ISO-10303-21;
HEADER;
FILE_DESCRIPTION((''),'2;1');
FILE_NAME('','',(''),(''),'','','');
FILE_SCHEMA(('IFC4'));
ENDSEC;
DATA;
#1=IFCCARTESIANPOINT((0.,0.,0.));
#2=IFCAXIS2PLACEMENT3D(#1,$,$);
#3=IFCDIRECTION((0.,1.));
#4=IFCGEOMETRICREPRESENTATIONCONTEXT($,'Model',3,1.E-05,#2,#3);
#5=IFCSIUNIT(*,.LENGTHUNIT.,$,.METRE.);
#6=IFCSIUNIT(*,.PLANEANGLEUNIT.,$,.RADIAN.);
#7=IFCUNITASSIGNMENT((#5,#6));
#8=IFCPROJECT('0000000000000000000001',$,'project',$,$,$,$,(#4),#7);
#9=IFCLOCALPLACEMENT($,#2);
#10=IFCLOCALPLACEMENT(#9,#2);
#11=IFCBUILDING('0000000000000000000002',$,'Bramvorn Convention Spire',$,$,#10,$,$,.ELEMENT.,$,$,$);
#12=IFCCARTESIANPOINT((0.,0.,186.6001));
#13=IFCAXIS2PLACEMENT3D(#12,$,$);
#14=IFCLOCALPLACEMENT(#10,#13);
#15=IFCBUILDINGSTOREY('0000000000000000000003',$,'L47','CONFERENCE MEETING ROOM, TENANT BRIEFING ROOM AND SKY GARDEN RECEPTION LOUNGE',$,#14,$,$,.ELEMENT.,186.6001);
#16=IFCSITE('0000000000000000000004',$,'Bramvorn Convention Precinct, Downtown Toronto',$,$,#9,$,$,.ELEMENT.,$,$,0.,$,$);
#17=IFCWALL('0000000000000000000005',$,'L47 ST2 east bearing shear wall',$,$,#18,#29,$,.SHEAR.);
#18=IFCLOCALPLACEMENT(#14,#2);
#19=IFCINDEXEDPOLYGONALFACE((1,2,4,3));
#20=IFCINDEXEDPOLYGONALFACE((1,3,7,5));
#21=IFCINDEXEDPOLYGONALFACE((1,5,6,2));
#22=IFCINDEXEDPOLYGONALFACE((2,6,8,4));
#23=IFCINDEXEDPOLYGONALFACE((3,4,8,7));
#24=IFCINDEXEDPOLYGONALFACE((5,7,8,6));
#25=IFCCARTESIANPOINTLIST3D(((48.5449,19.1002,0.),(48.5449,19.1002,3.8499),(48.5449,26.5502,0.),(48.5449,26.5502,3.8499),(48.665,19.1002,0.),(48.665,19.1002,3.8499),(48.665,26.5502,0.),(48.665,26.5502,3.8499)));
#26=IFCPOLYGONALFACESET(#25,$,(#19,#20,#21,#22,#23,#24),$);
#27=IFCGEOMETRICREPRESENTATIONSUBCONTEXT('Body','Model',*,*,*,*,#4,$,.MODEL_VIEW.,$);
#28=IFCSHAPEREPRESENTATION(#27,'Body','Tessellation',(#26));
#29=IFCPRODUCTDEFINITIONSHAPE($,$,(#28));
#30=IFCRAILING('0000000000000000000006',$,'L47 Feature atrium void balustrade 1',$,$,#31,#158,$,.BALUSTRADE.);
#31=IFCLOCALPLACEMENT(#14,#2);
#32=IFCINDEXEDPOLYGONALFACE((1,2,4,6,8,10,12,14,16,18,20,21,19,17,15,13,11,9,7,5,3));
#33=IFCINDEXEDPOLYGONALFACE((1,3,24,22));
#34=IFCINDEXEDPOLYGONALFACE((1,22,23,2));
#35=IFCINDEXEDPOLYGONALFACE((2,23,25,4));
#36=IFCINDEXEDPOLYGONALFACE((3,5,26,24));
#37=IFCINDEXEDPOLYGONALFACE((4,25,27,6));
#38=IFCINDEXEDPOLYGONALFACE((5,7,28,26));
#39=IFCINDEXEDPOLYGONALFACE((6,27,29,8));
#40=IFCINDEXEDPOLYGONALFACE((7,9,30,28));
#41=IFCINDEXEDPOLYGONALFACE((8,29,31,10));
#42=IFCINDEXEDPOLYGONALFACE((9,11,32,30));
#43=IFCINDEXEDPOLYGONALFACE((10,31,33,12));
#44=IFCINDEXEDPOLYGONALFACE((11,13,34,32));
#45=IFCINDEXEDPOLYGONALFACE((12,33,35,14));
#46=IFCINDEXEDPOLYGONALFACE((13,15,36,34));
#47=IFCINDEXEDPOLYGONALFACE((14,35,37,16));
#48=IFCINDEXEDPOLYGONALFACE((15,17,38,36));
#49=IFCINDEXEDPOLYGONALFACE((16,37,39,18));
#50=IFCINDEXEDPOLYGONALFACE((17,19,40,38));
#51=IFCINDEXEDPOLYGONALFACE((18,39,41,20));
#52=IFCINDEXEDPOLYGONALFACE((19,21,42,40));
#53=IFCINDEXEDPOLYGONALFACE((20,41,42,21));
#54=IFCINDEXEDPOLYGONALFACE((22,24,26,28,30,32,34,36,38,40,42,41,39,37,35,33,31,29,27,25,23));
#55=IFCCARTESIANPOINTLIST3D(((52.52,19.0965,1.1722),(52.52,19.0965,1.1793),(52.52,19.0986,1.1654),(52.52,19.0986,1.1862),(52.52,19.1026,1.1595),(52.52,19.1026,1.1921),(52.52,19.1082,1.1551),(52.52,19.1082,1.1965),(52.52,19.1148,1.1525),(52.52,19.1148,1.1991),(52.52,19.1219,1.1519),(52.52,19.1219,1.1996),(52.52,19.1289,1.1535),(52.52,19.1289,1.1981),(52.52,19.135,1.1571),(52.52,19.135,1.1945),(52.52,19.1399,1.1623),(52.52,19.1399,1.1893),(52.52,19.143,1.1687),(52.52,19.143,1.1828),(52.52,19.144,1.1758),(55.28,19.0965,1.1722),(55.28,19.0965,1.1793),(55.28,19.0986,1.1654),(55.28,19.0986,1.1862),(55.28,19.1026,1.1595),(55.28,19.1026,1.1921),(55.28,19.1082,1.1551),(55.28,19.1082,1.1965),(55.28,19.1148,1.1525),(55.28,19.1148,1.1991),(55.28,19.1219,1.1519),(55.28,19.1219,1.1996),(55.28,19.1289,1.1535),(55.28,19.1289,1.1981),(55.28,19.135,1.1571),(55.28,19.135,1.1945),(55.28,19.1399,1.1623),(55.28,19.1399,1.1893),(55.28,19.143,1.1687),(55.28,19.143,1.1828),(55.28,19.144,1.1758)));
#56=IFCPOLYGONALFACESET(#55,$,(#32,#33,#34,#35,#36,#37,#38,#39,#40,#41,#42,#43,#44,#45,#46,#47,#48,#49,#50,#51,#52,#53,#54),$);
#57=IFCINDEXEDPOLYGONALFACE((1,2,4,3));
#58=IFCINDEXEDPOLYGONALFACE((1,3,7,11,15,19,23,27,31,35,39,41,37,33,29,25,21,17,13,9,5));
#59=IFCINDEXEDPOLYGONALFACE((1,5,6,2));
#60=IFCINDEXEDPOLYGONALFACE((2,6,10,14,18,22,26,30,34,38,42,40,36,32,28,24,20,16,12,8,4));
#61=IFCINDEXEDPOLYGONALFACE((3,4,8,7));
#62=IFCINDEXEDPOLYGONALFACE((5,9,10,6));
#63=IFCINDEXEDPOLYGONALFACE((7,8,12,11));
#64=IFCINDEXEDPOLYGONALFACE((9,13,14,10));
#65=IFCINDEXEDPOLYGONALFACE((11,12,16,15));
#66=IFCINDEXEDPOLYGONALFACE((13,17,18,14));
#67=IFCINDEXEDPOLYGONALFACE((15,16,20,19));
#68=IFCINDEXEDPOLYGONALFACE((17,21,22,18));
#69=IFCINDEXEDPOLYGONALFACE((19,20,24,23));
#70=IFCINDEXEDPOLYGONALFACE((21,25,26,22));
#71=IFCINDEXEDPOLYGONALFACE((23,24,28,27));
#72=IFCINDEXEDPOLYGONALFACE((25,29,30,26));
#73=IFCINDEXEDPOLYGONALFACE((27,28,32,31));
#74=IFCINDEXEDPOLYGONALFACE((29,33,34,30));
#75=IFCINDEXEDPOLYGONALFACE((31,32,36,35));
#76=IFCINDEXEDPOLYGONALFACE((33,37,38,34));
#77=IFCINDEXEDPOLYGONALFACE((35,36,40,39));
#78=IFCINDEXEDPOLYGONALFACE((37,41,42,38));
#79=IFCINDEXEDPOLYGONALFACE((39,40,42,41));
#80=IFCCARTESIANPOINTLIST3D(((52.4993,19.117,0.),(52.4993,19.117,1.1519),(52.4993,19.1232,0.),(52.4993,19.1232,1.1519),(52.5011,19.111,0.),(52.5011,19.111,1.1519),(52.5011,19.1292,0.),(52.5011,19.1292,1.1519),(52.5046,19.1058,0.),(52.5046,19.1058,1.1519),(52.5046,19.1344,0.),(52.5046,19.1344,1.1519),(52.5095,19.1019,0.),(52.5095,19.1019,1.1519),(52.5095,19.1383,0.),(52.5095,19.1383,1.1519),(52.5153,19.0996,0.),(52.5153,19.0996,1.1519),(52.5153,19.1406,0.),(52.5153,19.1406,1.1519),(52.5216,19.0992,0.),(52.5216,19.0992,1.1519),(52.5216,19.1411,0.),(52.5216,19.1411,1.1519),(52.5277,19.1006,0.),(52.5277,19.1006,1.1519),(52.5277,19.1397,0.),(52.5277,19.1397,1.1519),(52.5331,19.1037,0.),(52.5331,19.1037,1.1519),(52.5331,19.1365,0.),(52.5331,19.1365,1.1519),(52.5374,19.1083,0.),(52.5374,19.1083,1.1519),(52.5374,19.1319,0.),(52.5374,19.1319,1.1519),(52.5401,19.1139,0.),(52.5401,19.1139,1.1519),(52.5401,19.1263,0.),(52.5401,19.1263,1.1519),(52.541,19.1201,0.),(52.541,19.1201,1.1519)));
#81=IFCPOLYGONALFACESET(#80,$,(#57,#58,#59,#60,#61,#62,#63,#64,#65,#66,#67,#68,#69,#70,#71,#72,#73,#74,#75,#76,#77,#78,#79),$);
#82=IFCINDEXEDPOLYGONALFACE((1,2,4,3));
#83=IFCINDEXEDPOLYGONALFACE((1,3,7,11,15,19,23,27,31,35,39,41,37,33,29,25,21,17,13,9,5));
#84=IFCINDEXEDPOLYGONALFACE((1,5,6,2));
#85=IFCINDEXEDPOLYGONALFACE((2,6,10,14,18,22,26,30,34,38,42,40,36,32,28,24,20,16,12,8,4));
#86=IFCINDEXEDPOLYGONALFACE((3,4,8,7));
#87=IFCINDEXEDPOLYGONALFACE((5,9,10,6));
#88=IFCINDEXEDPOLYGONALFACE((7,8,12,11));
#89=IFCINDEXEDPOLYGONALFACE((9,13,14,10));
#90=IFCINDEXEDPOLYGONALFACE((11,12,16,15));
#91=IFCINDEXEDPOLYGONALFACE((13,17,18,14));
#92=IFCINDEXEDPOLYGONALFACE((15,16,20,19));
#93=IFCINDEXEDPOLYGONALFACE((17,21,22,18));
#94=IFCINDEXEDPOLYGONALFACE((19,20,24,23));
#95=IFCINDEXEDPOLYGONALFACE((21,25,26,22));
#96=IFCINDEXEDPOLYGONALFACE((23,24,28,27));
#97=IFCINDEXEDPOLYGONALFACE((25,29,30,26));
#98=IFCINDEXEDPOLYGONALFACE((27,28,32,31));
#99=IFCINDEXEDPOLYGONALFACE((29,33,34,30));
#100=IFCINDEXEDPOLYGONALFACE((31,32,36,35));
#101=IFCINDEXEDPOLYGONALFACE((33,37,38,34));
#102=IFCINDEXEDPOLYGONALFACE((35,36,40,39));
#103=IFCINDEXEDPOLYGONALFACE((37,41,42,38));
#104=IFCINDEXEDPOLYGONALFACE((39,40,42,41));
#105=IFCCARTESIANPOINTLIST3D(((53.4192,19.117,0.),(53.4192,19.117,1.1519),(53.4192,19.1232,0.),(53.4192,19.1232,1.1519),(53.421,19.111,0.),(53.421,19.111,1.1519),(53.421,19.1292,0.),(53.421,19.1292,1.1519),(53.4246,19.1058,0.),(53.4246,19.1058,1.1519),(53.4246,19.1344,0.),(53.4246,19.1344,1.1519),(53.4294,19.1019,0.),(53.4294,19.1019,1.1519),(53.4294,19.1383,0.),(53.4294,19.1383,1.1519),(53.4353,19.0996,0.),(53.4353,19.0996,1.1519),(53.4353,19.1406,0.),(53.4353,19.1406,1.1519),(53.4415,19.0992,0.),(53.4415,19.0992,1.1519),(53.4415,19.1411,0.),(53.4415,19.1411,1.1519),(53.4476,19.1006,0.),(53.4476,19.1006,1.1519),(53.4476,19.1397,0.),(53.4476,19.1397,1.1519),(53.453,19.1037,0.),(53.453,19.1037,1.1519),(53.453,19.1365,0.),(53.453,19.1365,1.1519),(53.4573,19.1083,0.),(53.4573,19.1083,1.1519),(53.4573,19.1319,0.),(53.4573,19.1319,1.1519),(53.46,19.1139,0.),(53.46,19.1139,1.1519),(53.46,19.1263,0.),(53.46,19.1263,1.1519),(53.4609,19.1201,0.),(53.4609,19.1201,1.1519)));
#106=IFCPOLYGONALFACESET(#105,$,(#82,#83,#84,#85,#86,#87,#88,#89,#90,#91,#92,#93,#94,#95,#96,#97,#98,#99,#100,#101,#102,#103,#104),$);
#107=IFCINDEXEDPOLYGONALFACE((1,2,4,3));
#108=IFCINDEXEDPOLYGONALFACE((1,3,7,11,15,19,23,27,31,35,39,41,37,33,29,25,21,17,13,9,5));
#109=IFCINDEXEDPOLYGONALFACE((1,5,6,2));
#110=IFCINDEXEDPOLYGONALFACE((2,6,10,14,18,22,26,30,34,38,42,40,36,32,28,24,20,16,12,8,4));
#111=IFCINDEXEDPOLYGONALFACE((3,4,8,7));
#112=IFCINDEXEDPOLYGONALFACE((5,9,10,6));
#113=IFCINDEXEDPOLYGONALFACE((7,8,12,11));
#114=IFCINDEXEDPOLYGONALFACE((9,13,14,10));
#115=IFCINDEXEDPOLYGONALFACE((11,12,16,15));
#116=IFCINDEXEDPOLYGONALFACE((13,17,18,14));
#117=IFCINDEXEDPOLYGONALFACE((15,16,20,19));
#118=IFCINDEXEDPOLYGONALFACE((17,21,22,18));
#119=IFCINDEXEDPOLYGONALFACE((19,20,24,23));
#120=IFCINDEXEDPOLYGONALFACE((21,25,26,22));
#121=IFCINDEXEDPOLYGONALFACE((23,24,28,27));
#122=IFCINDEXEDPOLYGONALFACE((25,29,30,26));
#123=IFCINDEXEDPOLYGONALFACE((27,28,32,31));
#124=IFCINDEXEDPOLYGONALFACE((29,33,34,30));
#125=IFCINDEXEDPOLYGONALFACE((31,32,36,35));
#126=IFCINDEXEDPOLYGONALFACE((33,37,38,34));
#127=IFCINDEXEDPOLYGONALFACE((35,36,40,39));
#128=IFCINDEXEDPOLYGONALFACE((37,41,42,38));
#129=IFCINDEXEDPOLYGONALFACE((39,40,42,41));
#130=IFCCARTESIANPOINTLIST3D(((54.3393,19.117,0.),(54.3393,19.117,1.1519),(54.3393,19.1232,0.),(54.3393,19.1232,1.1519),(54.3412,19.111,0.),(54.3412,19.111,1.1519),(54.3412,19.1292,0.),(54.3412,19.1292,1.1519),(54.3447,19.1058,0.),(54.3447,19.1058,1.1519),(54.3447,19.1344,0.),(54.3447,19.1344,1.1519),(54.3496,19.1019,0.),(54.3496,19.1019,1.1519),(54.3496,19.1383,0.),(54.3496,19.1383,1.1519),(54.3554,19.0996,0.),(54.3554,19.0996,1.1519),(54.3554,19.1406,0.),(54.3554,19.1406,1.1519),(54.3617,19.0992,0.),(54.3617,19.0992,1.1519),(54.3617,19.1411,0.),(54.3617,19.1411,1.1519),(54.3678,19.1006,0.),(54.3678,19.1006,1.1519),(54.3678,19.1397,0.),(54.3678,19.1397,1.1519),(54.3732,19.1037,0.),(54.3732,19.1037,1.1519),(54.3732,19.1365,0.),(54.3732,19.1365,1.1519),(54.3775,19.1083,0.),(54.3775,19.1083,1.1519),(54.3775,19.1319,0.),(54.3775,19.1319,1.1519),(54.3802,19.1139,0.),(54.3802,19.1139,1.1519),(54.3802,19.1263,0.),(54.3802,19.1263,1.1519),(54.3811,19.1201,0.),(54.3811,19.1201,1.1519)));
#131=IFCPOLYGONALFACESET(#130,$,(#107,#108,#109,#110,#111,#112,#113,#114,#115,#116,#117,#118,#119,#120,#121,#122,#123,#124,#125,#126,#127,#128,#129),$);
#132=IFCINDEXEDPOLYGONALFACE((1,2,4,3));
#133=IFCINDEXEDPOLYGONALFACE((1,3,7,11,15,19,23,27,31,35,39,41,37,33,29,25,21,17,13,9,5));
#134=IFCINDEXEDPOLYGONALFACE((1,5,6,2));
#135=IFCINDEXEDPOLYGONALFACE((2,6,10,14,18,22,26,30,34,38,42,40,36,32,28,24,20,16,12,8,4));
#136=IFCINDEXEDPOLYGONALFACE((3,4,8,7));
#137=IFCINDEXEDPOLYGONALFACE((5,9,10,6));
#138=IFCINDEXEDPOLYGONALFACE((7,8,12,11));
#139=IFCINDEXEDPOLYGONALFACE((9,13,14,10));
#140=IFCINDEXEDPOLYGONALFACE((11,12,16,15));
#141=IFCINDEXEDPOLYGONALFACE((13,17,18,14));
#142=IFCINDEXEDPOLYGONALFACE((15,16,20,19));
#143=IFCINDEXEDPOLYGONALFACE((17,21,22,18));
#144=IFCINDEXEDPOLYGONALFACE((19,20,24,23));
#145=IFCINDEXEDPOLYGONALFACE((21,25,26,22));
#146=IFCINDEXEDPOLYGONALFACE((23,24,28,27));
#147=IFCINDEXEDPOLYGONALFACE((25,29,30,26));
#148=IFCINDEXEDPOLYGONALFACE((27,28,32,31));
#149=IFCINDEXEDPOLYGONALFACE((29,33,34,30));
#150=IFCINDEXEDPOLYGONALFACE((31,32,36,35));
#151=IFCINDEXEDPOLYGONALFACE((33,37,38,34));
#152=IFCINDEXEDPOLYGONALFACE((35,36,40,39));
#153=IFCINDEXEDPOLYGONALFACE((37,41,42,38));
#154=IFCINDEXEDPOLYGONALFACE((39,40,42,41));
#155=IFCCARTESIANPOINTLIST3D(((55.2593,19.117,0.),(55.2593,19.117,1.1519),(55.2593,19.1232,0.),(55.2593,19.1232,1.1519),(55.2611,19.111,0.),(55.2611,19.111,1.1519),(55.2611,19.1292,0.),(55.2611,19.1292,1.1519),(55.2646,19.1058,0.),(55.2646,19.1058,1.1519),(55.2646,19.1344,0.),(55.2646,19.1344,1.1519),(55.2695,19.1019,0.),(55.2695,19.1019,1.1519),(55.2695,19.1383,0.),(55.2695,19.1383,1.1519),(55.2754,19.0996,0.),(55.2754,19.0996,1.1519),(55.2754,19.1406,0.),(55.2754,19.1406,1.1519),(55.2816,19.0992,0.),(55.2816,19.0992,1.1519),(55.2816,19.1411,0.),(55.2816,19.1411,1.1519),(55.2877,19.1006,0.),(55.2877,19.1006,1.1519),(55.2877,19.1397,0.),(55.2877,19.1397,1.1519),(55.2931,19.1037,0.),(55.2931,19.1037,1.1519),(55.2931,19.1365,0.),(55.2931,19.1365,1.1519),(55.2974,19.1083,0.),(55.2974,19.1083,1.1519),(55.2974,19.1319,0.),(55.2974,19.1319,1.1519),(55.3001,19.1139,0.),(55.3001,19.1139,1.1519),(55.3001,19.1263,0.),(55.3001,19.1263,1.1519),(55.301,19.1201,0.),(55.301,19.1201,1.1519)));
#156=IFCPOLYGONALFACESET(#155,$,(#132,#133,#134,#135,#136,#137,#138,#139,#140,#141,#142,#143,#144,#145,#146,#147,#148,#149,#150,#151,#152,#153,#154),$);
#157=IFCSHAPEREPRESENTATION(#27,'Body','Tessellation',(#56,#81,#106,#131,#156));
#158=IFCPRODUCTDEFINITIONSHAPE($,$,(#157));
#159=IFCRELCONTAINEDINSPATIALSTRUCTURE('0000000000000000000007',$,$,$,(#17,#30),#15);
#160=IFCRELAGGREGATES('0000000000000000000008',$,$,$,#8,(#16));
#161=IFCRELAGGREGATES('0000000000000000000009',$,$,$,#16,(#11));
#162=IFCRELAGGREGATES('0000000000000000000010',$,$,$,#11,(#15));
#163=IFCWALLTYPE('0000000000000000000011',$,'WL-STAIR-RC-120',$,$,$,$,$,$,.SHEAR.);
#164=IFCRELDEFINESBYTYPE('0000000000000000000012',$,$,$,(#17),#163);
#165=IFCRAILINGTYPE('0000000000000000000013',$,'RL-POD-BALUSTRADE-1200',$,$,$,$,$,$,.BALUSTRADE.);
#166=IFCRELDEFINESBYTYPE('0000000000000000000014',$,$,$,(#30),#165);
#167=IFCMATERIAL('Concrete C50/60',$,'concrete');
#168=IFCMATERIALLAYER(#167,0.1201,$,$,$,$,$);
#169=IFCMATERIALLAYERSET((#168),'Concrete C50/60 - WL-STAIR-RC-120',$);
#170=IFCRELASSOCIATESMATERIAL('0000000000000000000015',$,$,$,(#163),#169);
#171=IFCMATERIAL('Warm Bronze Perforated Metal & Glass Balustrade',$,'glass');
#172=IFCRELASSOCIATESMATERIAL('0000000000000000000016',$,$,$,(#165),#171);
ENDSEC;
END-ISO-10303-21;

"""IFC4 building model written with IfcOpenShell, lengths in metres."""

from ifc_helpers import new_model, si_unit, direction, frame, frame_2d, origin, origin_2d, place, context, subcontext, project, spatial, rectangle, circle, extrude, material, layer, layer_set, type_object, element, save


model = new_model("IFC4")

# Units and contexts
model_context = context("Model", 3, precision=1e-05, world=origin(), true_north=direction((0.0, 1.0)))
body_context = subcontext(model_context, "Body", "Model", "MODEL_VIEW")
ifc_project = project(units=[si_unit("LENGTHUNIT", "METRE"), si_unit("PLANEANGLEUNIT", "RADIAN")], contexts=[model_context])

# Site, building, storey
site_placement = place(None, origin())
site = spatial("IfcSite", under=ifc_project, at=site_placement, Name="Bramvorn Convention Precinct, Downtown Toronto", CompositionType="ELEMENT", RefElevation=0.0)
building_placement = place(site_placement, origin())
building = spatial("IfcBuilding", under=site, at=building_placement, Name="Bramvorn Convention Spire", CompositionType="ELEMENT")
storey_placement = place(building_placement, frame((0.0, 0.0, 186.6001)))
storey = spatial("IfcBuildingStorey", under=building, at=storey_placement, Name="L47", Description="CONFERENCE MEETING ROOM, TENANT BRIEFING ROOM AND SKY GARDEN RECEPTION LOUNGE", CompositionType="ELEMENT", Elevation=186.6001)

# Shared definitions
ifc_material_1 = material(Name="Concrete C50/60", Category="concrete")

# Wall
ifc_layer_1 = layer(ifc_material_1, 0.1201)
ifc_layer_set_1 = layer_set([ifc_layer_1], Name="Concrete C50/60 - WL-STAIR-RC-120")
wall_type_1 = type_object("IfcWallType", Name="WL-STAIR-RC-120", PredefinedType="SHEAR", material=ifc_layer_set_1)
wall_1_placement = place(storey_placement, frame((48.605, 19.1001, 0.0), z_axis=(0.0, 0.0, 1.0), x_axis=(0.0, 1.0, 0.0)))
element("IfcWall", 1, at=wall_1_placement, inside=storey, type_object=wall_type_1, Name="L47 ST2 east bearing shear wall", PredefinedType="SHEAR", context=body_context, shape_type="SweptSolid", body=[
    extrude(rectangle(XDim=7.45, YDim=0.1201, at=frame_2d((3.7251, 0.0))), origin(), (0.0, 0.0, 1.0), 3.8499),
])

# Railing
ifc_material_2 = material(Name="Warm Bronze Perforated Metal & Glass Balustrade", Category="glass")
railing_type_1 = type_object("IfcRailingType", Name="RL-POD-BALUSTRADE-1200", PredefinedType="BALUSTRADE", material=ifc_material_2)
railing_1_placement = place(storey_placement, frame((52.52, 19.1201, 0.0)))
element("IfcRailing", 2, at=railing_1_placement, inside=storey, type_object=railing_type_1, Name="L47 Feature atrium void balustrade 1", PredefinedType="BALUSTRADE", context=body_context, shape_type="SweptSolid", body=[
    extrude(circle(Radius=0.0239, at=origin_2d()), frame((0.0, 0.0, 1.1758), z_axis=(1.0, 0.0, 0.0), x_axis=(0.0, 1.0, 0.0)), (0.0, 0.0, 1.0), 2.76),
    extrude(circle(Radius=0.021, at=origin_2d()), origin(), (0.0, 0.0, 1.0), 1.1519),
    extrude(circle(Radius=0.021, at=origin_2d()), frame((0.9199, 0.0, 0.0)), (0.0, 0.0, 1.0), 1.1519),
    extrude(circle(Radius=0.021, at=origin_2d()), frame((1.8401, 0.0, 0.0)), (0.0, 0.0, 1.0), 1.1519),
    extrude(circle(Radius=0.021, at=origin_2d()), frame((2.76, 0.0, 0.0)), (0.0, 0.0, 1.0), 1.1519),
])

save(model, "model.ifc")
